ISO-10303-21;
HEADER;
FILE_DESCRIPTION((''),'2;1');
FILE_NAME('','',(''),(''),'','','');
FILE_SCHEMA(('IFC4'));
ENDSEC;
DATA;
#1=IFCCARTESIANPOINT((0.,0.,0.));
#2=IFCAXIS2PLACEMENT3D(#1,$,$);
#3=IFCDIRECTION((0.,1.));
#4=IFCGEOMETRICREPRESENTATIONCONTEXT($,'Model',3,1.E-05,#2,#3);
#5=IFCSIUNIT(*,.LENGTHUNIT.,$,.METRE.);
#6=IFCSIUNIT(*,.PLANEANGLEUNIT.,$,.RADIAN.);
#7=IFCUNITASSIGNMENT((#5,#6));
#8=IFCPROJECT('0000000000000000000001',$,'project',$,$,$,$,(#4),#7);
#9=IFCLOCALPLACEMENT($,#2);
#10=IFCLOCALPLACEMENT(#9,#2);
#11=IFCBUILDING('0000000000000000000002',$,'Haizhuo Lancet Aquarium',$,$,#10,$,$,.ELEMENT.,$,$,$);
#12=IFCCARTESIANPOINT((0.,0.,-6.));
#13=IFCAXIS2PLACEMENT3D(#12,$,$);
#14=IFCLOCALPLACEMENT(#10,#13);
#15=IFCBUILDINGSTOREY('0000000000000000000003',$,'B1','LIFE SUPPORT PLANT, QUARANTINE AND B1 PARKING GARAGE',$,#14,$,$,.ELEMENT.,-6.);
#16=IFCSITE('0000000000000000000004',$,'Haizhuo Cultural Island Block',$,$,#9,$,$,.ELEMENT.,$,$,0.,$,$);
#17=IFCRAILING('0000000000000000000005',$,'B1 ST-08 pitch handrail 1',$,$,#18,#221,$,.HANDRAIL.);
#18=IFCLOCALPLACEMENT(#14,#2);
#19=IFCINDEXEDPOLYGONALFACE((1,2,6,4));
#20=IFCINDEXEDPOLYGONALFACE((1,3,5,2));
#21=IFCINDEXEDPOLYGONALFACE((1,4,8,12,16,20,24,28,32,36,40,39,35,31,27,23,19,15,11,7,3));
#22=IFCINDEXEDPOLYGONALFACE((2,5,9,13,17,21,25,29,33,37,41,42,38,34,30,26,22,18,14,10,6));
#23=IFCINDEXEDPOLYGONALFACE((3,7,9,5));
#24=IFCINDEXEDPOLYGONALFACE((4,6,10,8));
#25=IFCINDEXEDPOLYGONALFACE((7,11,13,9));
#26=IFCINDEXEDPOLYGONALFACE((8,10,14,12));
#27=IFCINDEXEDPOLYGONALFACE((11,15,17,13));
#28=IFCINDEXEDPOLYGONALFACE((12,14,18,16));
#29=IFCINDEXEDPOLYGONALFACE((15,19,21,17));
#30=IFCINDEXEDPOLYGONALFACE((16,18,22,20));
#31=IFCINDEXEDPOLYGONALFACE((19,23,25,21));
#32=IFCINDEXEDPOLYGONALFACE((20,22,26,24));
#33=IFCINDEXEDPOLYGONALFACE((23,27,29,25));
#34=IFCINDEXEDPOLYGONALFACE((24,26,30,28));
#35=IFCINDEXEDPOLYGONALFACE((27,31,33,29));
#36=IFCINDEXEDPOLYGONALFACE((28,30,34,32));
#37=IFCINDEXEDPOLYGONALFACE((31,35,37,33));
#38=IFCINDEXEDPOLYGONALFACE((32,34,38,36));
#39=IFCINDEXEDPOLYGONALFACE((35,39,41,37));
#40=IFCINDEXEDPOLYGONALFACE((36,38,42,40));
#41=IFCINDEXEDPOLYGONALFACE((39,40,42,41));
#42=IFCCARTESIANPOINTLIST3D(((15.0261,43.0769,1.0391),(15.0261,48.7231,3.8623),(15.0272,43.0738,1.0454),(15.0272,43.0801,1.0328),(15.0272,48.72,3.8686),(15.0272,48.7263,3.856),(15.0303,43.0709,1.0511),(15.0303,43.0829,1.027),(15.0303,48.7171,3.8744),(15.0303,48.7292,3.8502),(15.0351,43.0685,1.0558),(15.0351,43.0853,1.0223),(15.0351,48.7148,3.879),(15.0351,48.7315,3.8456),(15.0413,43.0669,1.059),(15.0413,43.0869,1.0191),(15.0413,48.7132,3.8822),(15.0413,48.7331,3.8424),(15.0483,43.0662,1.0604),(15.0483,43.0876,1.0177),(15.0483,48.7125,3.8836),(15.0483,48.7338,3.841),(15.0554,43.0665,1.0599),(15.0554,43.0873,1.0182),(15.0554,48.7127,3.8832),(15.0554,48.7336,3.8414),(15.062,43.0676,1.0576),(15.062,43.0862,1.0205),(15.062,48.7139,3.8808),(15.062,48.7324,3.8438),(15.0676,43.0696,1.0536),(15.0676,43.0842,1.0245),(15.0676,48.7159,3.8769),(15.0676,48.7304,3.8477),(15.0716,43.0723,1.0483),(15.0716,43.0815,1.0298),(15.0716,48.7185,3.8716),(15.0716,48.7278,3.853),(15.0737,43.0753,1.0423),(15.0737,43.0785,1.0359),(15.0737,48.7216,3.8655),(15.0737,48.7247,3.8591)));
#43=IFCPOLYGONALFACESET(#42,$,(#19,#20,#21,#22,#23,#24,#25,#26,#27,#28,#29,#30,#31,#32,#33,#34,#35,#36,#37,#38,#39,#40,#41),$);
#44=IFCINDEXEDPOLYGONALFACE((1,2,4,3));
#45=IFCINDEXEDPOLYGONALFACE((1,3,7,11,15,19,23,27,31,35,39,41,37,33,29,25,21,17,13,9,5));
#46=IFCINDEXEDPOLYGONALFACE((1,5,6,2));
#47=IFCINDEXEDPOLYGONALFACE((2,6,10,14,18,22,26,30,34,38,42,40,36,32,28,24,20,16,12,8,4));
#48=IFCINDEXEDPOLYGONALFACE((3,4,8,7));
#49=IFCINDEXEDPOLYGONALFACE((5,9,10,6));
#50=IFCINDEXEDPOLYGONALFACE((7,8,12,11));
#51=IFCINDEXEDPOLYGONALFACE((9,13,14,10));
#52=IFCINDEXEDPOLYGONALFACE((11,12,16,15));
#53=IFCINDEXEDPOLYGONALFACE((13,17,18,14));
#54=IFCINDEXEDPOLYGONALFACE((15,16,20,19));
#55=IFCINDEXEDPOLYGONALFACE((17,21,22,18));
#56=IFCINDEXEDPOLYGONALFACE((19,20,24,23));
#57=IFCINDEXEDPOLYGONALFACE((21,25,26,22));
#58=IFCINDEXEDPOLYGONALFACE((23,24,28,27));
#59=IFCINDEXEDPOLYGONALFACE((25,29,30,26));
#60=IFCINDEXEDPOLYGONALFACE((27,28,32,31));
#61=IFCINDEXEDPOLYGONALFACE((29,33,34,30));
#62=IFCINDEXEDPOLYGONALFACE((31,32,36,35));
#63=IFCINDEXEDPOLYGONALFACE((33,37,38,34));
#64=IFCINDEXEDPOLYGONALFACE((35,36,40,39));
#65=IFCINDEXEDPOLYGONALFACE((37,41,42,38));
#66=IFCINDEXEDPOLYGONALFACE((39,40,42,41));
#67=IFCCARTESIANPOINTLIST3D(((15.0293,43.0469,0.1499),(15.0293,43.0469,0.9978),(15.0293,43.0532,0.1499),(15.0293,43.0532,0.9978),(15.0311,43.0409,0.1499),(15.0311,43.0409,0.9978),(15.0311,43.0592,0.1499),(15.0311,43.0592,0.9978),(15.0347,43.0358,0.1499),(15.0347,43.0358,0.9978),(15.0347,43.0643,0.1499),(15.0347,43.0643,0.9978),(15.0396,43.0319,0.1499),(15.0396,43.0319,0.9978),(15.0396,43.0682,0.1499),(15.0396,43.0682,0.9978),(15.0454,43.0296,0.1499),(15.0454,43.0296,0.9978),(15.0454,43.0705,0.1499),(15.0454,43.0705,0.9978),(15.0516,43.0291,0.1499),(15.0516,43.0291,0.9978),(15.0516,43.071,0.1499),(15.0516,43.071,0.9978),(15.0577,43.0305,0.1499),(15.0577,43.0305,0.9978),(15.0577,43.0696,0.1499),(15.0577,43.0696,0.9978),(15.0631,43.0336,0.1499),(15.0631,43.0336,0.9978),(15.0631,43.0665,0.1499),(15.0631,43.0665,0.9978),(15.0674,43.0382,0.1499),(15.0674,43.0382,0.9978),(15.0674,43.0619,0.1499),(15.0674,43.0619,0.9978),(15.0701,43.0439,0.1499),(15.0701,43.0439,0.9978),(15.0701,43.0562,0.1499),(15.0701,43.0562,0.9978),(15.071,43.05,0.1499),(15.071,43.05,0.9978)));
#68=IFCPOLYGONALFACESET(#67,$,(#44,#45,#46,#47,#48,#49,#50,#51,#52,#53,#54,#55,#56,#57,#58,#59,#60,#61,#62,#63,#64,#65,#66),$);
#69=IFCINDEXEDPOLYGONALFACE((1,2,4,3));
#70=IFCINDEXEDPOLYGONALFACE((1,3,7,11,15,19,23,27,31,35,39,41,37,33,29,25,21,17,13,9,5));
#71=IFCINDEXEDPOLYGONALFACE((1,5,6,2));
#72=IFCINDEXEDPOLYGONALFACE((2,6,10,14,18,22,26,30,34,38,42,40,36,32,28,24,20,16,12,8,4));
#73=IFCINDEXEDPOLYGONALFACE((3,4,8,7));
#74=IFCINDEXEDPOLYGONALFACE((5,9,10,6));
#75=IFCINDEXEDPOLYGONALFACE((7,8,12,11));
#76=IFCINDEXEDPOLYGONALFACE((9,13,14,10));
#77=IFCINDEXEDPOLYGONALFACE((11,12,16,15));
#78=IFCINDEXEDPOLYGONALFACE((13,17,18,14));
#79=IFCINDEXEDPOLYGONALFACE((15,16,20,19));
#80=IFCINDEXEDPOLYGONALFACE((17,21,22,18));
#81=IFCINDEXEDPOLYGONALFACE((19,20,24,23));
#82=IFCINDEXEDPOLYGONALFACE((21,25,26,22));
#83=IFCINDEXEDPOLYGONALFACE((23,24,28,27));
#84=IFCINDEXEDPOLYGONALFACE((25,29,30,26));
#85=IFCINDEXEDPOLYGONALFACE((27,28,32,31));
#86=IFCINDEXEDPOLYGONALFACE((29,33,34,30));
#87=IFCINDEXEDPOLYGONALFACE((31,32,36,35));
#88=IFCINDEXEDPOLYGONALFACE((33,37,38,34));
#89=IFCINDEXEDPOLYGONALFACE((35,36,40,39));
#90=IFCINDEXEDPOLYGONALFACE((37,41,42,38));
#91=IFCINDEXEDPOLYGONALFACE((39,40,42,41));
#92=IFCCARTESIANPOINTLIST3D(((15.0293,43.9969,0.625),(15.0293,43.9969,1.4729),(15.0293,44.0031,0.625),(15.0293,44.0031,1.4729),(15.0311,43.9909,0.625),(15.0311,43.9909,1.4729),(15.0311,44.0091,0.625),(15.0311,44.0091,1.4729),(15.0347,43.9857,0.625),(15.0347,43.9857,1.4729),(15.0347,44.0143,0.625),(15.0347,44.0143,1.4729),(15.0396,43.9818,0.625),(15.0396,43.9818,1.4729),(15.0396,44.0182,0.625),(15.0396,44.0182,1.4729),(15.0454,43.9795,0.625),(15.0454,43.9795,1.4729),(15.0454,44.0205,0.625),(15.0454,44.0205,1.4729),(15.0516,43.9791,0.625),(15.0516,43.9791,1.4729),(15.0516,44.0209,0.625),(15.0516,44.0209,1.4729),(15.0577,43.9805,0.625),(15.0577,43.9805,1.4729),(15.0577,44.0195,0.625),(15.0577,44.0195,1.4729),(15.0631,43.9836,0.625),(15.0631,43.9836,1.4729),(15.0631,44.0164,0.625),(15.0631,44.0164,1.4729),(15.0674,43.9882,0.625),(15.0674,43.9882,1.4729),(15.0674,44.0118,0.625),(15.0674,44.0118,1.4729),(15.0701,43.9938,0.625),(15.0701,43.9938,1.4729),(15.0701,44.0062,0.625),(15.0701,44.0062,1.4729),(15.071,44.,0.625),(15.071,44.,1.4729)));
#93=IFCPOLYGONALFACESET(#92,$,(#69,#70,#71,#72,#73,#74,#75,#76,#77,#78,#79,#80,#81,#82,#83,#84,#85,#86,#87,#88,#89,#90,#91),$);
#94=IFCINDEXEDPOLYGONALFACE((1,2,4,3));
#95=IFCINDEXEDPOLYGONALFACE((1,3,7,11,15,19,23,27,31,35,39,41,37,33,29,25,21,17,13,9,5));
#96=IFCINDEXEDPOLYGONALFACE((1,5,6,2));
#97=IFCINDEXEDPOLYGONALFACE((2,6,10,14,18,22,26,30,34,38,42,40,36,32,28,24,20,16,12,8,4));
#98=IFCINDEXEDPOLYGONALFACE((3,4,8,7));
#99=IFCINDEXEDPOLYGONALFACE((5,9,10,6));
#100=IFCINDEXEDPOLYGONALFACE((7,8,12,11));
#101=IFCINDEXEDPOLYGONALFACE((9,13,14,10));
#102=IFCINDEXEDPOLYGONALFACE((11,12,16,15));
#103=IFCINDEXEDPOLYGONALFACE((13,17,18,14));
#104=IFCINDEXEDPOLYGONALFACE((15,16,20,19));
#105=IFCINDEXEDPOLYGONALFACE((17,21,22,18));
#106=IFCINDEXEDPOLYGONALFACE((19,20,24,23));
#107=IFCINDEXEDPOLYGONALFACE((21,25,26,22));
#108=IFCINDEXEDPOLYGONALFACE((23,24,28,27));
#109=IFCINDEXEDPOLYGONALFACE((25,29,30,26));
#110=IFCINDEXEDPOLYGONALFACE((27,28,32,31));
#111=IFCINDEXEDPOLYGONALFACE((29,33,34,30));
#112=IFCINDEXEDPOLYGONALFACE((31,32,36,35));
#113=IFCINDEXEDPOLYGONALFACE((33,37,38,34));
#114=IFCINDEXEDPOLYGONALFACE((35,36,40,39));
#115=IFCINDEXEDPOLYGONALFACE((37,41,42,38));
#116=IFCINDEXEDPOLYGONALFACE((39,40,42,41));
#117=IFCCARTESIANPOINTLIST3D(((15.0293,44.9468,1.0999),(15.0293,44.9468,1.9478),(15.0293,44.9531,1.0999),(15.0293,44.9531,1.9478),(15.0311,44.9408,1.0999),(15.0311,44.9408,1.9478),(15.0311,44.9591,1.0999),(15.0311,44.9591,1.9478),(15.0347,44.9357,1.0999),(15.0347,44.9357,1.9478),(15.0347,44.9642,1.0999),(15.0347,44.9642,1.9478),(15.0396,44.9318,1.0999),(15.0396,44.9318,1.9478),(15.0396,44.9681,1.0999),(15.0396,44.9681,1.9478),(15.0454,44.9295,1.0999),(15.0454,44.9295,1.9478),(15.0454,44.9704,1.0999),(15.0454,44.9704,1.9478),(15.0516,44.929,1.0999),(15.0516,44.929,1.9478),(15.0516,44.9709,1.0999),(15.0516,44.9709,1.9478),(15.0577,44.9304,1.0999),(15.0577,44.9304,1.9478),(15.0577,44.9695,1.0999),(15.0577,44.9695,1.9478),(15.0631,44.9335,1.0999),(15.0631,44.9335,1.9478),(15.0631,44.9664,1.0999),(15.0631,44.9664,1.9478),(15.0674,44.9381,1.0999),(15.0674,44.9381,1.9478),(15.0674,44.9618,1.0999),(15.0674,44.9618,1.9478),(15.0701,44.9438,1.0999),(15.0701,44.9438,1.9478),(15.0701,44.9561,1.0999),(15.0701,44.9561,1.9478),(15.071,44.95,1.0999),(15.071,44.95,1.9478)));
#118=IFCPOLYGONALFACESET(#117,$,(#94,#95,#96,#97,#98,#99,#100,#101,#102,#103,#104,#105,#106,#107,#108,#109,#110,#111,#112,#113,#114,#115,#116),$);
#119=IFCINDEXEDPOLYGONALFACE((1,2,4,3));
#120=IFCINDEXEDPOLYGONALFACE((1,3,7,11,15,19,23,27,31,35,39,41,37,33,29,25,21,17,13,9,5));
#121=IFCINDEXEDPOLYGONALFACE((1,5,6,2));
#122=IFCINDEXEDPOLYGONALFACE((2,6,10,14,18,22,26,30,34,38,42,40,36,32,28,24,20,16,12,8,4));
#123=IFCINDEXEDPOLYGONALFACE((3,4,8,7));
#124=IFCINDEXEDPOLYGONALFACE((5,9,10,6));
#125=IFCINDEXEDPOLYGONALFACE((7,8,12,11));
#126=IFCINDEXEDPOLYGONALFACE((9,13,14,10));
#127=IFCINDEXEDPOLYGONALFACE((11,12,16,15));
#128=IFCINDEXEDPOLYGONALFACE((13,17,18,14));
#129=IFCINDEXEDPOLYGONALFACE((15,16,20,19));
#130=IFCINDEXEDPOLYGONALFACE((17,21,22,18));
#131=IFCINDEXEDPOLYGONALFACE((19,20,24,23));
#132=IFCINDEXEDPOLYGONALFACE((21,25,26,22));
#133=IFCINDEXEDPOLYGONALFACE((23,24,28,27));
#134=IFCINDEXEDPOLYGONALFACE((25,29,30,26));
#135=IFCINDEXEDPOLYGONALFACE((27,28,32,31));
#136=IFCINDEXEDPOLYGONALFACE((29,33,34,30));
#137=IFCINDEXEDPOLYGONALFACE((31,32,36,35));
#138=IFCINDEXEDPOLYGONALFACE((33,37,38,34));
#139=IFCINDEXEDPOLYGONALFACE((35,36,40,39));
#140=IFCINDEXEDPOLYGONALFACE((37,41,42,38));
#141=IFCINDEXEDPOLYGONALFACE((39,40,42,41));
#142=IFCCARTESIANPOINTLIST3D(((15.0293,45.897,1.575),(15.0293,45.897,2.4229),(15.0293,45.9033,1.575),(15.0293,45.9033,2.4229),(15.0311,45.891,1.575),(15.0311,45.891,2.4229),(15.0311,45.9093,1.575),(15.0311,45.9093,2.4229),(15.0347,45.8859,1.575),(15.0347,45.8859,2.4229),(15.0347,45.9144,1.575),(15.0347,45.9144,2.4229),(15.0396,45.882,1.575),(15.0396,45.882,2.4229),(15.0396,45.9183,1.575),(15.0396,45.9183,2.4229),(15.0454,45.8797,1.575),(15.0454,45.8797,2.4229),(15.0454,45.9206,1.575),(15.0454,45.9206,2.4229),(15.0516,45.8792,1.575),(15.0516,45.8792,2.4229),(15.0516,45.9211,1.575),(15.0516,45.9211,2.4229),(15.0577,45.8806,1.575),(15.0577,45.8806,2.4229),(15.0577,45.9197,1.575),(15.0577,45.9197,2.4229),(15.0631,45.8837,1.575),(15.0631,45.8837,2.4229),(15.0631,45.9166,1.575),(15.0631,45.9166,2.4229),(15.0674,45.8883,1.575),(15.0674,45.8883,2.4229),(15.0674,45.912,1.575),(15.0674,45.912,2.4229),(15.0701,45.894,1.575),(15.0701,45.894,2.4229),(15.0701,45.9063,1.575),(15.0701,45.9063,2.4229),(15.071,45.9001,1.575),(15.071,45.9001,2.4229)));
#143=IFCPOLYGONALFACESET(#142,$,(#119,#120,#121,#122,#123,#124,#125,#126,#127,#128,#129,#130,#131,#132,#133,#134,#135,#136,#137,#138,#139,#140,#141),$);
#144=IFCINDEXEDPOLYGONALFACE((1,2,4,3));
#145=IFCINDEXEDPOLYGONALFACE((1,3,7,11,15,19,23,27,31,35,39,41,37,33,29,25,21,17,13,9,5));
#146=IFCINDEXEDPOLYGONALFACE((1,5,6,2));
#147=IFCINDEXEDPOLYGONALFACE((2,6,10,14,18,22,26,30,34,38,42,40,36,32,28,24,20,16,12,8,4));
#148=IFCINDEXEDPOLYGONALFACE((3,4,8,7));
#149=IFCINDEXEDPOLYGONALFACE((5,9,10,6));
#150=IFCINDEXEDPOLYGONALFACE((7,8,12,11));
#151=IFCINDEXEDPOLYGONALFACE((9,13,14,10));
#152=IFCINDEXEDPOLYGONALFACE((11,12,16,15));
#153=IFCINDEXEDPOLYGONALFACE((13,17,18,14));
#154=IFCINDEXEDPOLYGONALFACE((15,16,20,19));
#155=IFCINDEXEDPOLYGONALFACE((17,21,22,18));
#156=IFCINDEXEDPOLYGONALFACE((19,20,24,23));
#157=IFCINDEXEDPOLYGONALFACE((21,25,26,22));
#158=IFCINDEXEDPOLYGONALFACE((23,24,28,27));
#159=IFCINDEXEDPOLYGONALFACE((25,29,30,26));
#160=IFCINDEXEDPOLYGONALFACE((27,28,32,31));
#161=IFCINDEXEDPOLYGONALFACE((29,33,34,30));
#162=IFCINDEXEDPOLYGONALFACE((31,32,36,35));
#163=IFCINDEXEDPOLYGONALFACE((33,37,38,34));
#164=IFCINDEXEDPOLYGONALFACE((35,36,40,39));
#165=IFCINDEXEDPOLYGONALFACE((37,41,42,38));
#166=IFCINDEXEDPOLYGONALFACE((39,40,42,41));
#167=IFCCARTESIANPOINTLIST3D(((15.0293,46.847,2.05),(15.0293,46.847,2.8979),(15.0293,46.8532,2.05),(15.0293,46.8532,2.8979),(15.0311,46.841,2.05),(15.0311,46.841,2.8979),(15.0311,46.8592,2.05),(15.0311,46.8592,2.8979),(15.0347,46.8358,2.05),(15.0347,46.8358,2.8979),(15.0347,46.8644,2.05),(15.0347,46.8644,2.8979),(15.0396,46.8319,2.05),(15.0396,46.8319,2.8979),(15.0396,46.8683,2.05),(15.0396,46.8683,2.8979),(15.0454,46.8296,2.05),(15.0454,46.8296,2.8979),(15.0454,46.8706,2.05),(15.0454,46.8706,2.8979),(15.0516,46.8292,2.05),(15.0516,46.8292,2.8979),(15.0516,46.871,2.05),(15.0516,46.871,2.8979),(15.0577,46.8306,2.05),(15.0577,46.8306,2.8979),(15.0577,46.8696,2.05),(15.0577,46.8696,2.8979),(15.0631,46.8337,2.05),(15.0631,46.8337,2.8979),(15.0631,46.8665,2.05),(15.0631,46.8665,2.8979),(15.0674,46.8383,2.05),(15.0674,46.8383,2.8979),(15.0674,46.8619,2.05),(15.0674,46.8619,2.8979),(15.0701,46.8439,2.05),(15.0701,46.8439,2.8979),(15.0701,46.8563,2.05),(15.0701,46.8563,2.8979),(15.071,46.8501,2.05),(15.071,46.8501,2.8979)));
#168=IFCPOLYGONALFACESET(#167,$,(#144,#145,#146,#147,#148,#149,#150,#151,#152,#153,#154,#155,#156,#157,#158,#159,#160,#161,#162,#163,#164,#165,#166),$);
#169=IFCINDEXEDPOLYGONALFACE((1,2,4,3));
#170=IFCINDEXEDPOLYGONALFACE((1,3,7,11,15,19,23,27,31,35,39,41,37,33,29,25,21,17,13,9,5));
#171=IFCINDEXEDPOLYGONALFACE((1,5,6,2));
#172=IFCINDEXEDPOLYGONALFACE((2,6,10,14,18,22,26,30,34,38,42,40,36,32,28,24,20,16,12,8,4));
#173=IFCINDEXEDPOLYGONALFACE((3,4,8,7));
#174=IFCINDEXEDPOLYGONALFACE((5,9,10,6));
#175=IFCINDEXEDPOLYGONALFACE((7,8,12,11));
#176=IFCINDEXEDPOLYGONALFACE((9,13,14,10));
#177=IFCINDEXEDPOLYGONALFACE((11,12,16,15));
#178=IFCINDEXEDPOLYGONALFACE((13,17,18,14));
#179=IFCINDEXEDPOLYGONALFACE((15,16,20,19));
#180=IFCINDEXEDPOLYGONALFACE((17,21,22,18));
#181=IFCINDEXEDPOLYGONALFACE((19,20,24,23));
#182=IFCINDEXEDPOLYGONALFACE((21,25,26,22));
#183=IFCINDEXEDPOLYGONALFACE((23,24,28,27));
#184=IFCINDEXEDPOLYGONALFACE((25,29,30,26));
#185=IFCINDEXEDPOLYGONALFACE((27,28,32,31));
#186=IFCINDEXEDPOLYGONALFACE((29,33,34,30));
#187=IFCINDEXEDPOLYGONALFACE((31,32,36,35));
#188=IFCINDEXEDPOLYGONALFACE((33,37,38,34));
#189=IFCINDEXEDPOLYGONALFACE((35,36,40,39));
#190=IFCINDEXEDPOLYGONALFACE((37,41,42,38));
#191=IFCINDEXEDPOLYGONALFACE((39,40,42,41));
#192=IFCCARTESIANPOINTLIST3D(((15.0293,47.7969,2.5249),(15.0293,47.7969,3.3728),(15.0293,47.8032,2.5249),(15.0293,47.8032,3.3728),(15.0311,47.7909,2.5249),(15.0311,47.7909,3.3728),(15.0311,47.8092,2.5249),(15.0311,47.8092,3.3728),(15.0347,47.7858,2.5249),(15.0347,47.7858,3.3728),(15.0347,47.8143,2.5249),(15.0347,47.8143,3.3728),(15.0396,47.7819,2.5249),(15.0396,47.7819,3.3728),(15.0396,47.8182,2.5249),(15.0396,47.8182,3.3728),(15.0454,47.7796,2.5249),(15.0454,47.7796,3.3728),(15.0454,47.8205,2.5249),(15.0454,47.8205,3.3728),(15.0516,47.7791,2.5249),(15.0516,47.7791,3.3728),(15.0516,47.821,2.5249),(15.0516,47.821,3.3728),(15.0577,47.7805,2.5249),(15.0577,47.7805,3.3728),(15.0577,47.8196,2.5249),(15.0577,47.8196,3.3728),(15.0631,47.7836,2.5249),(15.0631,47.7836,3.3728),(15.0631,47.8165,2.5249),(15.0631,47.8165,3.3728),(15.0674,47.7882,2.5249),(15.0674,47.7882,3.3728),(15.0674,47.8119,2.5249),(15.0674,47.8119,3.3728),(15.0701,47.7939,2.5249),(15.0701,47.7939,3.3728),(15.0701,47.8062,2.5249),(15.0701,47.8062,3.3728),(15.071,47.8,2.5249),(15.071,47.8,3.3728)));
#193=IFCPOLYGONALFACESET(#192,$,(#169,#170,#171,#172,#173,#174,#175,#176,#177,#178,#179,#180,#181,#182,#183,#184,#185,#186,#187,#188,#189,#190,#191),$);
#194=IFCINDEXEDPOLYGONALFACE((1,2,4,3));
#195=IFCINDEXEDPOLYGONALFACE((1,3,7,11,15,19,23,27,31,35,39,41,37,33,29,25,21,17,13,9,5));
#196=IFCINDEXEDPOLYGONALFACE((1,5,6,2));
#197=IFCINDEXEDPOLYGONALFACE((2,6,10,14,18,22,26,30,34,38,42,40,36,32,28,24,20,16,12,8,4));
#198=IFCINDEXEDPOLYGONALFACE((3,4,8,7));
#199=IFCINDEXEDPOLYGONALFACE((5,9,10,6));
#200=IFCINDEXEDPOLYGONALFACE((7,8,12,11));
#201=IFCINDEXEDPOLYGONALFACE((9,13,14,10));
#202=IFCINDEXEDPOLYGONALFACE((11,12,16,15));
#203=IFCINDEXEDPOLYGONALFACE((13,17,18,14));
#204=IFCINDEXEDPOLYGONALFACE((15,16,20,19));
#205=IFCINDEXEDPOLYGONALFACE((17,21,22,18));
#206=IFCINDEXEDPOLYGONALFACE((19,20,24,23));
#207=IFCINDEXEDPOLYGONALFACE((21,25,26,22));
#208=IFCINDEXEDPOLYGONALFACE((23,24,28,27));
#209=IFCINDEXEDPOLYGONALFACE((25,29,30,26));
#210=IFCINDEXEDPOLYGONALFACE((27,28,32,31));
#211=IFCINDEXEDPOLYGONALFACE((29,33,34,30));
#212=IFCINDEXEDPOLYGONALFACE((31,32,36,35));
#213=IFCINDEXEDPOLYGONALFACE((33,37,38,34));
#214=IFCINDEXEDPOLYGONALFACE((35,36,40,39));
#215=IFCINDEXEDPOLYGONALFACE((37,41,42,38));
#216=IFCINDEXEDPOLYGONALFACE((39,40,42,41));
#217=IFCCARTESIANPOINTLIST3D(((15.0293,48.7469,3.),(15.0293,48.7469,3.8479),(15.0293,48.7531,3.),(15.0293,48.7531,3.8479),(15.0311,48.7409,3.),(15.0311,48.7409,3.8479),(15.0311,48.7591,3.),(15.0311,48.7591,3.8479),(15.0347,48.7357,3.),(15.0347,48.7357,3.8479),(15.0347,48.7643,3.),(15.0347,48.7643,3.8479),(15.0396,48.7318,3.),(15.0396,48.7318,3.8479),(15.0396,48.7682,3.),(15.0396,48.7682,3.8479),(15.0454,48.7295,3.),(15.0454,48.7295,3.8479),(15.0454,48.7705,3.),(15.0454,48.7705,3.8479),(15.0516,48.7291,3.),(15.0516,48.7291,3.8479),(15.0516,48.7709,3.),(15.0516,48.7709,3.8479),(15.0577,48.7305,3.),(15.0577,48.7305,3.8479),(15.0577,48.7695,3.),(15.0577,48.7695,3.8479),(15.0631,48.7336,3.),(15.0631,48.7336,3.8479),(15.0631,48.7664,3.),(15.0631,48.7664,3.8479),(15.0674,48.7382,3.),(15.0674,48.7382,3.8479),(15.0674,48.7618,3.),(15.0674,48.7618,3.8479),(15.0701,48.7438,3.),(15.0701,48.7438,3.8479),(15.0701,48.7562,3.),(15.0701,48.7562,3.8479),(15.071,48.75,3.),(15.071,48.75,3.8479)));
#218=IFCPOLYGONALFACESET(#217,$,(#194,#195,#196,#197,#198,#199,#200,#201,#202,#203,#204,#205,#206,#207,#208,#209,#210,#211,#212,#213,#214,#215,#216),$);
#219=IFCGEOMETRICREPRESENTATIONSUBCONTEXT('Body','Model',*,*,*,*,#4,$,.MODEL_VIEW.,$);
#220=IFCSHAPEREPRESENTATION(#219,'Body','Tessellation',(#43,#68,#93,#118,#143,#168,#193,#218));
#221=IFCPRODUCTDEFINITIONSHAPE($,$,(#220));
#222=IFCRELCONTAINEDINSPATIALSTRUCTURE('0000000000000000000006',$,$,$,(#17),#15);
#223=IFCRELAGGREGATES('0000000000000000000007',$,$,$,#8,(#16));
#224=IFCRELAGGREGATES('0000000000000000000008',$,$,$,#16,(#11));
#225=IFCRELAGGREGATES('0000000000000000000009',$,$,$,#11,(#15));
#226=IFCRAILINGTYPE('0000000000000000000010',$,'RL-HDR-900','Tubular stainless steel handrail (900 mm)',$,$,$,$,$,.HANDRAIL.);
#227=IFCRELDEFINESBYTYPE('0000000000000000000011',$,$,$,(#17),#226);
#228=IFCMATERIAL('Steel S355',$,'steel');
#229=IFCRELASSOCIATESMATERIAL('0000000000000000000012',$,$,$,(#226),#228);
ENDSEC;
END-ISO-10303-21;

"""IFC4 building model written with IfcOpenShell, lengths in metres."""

from ifc_helpers import new_model, si_unit, direction, frame, origin, origin_2d, place, context, subcontext, project, spatial, circle, extrude, material, type_object, element, save


model = new_model("IFC4")

# Units and contexts
model_context = context("Model", 3, precision=1e-05, world=origin(), true_north=direction((0.0, 1.0)))
body_context = subcontext(model_context, "Body", "Model", "MODEL_VIEW")
ifc_project = project(units=[si_unit("LENGTHUNIT", "METRE"), si_unit("PLANEANGLEUNIT", "RADIAN")], contexts=[model_context])

# Site, building, storey
site_placement = place(None, origin())
site = spatial("IfcSite", under=ifc_project, at=site_placement, Name="Haizhuo Cultural Island Block", CompositionType="ELEMENT", RefElevation=0.0)
building_placement = place(site_placement, origin())
building = spatial("IfcBuilding", under=site, at=building_placement, Name="Haizhuo Lancet Aquarium", CompositionType="ELEMENT")
storey_placement = place(building_placement, frame((0.0, 0.0, -6.0)))
storey = spatial("IfcBuildingStorey", under=building, at=storey_placement, Name="B1", Description="LIFE SUPPORT PLANT, QUARANTINE AND B1 PARKING GARAGE", CompositionType="ELEMENT", Elevation=-6.0)

# Shared definitions
ifc_material_1 = material(Name="Steel S355", Category="steel")

# Railing
railing_type_1 = type_object("IfcRailingType", Name="RL-HDR-900", Description="Tubular stainless steel handrail (900 mm)", PredefinedType="HANDRAIL", material=ifc_material_1)
railing_1_placement = place(storey_placement, frame((15.05, 43.05, 0.1499)))
element("IfcRailing", 1, at=railing_1_placement, inside=storey, type_object=railing_type_1, Name="B1 ST-08 pitch handrail 1", PredefinedType="HANDRAIL", context=body_context, shape_type="SweptSolid", body=[
    extrude(circle(Radius=0.0239, at=origin_2d()), frame((0.0, 0.0269, 0.8892), z_axis=(0.0, 0.89442, 0.447229), x_axis=(-1.0, 0.0, 0.0)), (0.0, 0.0, 1.0), 6.3127),
    extrude(circle(Radius=0.021, at=origin_2d()), origin(), (0.0, 0.0, 1.0), 0.8479),
    extrude(circle(Radius=0.021, at=origin_2d()), frame((0.0, 0.95, 0.4751)), (0.0, 0.0, 1.0), 0.8479),
    extrude(circle(Radius=0.021, at=origin_2d()), frame((0.0, 1.8999, 0.95)), (0.0, 0.0, 1.0), 0.8479),
    extrude(circle(Radius=0.021, at=origin_2d()), frame((0.0, 2.8501, 1.425)), (0.0, 0.0, 1.0), 0.8479),
    extrude(circle(Radius=0.021, at=origin_2d()), frame((0.0, 3.8, 1.9001)), (0.0, 0.0, 1.0), 0.8479),
    extrude(circle(Radius=0.021, at=origin_2d()), frame((0.0, 4.75, 2.375)), (0.0, 0.0, 1.0), 0.8479),
    extrude(circle(Radius=0.021, at=origin_2d()), frame((0.0, 5.7, 2.8501)), (0.0, 0.0, 1.0), 0.8479),
])

save(model, "model.ifc")
